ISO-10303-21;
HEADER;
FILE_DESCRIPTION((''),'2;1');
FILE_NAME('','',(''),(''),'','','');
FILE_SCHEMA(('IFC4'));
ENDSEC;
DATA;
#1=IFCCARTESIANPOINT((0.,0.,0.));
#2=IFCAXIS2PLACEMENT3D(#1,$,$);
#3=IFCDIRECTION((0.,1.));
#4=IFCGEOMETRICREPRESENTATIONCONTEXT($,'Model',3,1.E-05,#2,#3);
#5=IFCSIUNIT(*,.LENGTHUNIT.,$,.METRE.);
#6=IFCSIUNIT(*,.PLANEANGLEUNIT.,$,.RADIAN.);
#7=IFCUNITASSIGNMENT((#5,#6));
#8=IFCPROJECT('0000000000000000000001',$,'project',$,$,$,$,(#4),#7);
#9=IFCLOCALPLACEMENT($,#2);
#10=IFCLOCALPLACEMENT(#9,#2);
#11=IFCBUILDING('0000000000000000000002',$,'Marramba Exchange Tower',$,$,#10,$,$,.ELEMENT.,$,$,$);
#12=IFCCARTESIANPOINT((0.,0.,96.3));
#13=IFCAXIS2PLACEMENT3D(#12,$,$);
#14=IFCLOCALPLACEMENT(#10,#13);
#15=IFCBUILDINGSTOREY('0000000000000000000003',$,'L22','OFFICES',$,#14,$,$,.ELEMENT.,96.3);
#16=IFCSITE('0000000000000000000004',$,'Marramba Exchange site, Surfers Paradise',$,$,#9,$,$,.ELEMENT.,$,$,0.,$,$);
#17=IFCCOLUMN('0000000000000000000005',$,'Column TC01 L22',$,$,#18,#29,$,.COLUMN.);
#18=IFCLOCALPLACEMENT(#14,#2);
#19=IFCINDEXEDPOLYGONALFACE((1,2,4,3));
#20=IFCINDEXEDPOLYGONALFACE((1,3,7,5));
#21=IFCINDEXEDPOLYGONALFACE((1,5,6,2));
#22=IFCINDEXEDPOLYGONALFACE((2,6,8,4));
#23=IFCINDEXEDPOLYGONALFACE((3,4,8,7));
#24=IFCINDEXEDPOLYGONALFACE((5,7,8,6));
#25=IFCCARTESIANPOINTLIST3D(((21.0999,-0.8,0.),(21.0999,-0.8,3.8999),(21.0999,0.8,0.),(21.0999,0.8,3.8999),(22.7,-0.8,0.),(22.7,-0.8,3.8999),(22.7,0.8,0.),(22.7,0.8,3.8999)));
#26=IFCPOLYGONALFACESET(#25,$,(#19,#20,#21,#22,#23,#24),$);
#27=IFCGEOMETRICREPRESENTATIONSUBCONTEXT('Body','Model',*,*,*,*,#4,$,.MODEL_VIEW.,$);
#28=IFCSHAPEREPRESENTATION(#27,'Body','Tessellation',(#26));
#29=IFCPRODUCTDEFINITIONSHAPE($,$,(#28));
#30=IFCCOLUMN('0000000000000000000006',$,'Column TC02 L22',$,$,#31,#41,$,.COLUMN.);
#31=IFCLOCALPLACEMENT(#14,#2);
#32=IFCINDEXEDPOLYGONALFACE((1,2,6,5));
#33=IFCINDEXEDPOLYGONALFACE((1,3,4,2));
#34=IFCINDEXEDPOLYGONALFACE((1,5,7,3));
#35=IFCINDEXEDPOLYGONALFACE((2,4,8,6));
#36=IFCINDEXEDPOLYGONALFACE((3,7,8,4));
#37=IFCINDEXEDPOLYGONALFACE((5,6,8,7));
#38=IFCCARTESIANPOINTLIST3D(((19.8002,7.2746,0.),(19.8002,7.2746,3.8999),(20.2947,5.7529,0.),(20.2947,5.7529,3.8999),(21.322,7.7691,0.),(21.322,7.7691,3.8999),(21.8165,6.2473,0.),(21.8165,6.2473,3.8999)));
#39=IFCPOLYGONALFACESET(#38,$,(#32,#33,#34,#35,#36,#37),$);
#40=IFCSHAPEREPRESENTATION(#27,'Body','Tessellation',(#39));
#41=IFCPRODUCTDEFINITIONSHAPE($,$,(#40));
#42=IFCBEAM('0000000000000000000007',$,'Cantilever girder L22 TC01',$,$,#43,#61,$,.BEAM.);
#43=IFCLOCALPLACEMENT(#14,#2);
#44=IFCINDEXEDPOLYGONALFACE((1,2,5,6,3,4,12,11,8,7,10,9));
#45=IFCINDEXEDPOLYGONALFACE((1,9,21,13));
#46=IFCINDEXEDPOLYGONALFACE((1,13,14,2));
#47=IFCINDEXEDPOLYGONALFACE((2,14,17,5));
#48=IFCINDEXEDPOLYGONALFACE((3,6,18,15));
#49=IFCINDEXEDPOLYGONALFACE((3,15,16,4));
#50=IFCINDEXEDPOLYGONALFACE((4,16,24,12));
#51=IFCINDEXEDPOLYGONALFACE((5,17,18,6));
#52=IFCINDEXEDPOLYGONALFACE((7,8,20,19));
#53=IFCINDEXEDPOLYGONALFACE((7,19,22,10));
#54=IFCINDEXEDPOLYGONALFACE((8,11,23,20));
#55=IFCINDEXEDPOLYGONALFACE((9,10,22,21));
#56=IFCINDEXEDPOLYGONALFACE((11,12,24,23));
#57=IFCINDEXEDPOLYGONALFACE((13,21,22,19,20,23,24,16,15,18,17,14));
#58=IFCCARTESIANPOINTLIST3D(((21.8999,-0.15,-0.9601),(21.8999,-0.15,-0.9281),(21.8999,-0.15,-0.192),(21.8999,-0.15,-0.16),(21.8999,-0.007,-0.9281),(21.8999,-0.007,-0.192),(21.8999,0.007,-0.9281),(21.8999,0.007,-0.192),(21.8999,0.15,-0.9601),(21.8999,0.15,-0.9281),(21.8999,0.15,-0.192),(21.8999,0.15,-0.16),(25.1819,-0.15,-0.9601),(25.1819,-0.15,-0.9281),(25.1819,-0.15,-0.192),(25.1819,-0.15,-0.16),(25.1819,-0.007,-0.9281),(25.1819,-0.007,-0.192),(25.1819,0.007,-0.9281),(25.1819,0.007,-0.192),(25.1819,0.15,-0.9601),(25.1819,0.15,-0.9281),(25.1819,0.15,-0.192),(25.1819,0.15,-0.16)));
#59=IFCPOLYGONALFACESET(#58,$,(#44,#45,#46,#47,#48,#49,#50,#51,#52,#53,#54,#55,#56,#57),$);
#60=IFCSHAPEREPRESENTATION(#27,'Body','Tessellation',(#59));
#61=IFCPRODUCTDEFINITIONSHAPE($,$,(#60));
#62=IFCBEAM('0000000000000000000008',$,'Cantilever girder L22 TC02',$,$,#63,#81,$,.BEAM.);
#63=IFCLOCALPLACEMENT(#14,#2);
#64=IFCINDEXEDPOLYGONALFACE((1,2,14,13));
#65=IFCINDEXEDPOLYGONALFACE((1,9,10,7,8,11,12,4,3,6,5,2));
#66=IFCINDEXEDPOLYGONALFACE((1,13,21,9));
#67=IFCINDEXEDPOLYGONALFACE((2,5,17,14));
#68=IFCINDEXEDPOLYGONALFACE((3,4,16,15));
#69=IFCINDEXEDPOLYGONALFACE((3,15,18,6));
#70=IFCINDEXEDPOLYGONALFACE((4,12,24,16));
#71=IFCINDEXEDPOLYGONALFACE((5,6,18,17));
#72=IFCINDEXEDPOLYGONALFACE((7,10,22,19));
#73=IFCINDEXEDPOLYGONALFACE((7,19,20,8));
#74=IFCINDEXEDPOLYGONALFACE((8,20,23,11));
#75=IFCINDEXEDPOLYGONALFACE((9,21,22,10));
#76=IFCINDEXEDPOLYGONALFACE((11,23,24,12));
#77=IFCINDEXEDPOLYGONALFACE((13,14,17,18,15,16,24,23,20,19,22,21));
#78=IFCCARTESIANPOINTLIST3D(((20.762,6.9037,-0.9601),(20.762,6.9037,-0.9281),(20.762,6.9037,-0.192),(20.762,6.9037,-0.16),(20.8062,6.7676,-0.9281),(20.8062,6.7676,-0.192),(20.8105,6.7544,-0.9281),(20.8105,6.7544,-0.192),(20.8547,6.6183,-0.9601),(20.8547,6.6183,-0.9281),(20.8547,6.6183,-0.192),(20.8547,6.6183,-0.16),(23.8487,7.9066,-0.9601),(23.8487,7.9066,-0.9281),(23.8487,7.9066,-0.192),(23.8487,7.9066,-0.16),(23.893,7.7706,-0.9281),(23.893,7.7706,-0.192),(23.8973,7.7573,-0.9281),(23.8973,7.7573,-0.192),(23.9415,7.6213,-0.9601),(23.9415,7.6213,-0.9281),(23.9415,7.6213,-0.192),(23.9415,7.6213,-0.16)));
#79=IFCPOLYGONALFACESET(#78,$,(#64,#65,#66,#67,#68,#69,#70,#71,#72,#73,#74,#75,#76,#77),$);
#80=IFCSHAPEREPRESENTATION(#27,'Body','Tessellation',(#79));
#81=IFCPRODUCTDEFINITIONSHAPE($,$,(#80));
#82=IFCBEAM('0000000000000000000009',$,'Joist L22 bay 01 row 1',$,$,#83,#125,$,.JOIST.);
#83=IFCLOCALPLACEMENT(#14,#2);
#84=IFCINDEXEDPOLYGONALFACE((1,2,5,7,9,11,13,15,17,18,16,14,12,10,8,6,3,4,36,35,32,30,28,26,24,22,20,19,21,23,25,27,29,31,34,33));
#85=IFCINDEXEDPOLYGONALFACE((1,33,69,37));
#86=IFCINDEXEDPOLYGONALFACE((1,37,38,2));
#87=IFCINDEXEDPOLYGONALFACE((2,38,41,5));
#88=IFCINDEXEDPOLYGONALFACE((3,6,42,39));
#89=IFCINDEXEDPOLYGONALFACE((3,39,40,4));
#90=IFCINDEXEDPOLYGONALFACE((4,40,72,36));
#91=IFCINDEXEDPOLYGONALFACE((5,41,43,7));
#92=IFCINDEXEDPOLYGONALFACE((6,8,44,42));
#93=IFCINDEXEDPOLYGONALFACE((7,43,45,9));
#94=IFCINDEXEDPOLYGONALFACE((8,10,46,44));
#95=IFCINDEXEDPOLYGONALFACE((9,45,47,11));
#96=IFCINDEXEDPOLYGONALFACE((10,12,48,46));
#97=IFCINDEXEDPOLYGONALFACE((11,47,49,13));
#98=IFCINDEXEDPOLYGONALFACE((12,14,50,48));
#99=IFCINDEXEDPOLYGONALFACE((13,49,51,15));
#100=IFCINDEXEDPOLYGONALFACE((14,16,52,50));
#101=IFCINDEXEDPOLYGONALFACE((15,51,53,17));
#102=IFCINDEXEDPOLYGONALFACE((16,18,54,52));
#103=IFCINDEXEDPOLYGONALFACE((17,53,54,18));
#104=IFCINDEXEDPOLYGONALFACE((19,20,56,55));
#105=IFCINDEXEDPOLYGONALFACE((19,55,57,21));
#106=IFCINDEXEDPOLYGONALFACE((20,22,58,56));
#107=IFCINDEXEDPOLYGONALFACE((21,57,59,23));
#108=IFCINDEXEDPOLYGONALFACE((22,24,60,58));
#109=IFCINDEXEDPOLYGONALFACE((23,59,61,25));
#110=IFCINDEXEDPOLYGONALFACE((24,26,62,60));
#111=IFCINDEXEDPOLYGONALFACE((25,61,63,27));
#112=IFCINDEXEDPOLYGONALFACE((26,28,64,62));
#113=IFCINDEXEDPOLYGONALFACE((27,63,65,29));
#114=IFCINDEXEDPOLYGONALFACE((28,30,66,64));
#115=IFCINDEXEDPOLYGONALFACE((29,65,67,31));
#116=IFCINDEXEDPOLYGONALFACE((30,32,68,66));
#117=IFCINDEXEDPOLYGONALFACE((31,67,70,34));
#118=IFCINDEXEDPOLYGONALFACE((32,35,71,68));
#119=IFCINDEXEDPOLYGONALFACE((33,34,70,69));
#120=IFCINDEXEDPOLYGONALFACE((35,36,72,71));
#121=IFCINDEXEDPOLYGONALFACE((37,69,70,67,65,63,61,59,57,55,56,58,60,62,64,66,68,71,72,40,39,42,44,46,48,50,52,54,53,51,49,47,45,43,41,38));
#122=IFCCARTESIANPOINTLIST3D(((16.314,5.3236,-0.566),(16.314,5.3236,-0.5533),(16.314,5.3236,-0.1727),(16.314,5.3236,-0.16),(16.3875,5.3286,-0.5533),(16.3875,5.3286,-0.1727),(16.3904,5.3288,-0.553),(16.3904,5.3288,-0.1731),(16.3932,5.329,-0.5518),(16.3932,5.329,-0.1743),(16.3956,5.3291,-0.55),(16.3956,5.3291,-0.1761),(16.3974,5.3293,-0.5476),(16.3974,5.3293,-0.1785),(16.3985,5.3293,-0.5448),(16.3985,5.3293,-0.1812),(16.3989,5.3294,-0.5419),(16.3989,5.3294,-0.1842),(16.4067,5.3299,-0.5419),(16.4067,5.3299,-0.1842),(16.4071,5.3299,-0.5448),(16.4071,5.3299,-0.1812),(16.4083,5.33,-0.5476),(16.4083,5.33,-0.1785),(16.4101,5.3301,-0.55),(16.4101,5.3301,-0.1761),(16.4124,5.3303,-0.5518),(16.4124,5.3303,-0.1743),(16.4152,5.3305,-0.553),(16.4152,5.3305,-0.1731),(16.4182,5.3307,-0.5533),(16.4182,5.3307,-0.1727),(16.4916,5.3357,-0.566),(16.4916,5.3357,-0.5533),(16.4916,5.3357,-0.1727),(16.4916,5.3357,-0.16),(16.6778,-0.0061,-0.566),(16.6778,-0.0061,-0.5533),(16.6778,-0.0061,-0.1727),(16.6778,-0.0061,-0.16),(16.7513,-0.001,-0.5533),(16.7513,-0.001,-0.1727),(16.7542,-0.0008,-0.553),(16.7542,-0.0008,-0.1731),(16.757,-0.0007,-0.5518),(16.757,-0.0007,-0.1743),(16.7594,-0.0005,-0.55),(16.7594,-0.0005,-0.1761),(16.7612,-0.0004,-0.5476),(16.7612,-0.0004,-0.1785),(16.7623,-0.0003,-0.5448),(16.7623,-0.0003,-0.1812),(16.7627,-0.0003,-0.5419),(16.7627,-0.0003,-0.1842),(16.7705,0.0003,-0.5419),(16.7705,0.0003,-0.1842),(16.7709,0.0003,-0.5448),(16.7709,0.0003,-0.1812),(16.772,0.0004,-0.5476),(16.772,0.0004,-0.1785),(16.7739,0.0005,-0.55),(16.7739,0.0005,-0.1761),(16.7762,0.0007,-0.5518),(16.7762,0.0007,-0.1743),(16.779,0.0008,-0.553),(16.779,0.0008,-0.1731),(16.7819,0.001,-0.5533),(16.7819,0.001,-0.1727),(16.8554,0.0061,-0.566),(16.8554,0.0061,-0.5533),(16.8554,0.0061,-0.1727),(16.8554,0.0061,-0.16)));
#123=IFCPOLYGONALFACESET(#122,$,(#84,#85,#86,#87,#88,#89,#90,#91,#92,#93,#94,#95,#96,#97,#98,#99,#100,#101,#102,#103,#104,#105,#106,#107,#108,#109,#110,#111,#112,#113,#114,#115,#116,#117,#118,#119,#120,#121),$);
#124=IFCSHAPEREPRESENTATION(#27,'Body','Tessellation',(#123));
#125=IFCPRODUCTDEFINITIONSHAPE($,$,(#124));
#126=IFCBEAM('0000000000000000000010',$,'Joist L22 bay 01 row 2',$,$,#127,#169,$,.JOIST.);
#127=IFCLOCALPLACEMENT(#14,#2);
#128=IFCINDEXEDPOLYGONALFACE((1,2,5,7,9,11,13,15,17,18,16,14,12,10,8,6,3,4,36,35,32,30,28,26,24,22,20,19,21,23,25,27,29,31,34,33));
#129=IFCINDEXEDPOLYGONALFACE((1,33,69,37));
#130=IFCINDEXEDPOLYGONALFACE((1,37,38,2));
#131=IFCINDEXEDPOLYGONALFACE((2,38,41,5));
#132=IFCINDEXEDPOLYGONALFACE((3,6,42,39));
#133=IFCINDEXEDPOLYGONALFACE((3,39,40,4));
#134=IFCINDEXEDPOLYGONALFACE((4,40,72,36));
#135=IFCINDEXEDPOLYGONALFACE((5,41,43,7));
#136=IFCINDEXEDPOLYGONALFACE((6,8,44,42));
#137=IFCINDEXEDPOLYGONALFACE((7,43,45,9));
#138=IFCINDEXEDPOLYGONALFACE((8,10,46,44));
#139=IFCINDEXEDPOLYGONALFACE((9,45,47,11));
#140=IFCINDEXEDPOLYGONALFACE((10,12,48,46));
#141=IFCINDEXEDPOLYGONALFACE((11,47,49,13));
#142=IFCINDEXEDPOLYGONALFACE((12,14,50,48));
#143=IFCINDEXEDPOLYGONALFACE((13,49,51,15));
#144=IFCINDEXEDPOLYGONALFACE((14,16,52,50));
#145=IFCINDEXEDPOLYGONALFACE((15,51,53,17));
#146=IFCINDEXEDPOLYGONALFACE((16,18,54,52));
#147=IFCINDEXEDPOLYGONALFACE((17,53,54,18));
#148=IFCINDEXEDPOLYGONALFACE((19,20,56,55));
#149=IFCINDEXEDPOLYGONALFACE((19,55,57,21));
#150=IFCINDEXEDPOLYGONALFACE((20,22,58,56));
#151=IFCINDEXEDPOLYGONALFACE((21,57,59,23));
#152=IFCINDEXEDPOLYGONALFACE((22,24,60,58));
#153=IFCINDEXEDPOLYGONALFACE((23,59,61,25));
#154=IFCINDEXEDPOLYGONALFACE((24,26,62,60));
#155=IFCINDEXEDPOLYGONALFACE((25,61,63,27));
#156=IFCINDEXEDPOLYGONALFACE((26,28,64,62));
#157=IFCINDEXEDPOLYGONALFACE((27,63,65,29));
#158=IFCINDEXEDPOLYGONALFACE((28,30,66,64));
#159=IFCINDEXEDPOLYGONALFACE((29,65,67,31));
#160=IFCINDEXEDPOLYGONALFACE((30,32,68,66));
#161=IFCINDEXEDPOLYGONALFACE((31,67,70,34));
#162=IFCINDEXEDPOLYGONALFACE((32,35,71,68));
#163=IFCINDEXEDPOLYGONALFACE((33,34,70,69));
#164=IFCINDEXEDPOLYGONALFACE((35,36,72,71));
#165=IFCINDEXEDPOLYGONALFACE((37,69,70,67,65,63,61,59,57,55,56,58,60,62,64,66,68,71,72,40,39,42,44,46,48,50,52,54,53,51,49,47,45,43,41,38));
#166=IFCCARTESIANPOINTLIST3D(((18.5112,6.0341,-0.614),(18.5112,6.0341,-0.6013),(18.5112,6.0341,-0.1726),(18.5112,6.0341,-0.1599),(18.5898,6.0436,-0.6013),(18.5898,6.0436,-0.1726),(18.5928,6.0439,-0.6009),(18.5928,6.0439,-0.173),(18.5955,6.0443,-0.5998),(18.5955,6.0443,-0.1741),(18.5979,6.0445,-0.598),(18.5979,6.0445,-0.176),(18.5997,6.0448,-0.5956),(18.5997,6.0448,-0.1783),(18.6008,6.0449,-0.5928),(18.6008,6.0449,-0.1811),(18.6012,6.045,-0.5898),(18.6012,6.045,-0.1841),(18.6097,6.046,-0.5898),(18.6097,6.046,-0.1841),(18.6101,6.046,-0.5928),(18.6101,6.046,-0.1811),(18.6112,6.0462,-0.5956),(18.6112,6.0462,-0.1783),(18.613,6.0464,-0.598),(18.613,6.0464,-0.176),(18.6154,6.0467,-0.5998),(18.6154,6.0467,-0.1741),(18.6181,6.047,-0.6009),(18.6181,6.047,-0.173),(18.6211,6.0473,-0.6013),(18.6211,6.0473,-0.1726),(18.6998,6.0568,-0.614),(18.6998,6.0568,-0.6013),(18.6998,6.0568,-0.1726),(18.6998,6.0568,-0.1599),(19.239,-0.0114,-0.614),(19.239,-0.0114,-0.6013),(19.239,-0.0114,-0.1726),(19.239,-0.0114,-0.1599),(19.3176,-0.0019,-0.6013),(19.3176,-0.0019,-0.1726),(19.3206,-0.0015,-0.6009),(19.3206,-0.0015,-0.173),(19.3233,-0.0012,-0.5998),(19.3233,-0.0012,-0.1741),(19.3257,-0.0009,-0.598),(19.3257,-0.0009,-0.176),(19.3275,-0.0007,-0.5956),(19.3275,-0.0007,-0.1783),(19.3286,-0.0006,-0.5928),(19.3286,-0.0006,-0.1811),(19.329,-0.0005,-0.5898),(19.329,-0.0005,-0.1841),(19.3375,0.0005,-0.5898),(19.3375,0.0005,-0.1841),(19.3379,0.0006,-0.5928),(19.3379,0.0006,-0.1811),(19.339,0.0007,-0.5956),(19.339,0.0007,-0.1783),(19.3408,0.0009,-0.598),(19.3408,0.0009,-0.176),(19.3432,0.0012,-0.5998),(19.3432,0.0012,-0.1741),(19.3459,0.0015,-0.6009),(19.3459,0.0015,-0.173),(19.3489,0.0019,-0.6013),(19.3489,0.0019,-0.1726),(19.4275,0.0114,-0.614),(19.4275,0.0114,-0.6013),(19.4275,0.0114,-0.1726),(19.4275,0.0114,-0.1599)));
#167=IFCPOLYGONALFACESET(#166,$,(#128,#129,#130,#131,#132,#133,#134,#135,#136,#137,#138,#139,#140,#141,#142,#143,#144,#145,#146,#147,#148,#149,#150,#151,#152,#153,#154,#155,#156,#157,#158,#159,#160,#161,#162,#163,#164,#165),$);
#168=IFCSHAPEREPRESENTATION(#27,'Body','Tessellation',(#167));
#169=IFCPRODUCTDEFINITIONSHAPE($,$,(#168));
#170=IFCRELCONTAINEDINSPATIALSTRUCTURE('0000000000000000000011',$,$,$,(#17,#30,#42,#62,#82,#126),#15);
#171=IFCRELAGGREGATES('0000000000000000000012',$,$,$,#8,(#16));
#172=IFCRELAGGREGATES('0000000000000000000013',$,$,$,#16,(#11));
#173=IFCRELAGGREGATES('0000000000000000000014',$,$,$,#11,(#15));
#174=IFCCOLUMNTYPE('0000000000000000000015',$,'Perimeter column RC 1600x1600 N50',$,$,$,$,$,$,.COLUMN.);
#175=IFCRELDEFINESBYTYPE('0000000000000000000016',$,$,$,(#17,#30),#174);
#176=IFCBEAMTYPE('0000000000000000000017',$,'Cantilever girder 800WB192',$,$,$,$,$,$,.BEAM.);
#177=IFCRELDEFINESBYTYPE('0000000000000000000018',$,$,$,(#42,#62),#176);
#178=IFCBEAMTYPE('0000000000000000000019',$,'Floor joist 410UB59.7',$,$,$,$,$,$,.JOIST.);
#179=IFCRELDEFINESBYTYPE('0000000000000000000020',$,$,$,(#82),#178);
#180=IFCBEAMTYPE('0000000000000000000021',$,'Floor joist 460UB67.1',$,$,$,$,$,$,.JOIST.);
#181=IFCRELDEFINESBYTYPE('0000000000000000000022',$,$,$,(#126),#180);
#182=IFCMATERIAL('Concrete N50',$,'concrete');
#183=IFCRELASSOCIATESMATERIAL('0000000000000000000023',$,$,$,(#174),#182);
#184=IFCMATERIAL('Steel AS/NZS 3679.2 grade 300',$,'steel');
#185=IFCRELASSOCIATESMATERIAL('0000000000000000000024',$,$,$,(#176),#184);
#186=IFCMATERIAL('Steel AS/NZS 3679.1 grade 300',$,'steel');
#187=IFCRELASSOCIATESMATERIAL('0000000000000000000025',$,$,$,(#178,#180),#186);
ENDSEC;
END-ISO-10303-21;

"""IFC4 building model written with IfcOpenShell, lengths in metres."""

from ifc_helpers import new_model, si_unit, direction, frame, origin, origin_2d, place, context, subcontext, project, spatial, rectangle, i_section, extrude, material, material_profile, profile_set, type_object, element, save


model = new_model("IFC4")

# Units and contexts
model_context = context("Model", 3, precision=1e-05, world=origin(), true_north=direction((0.0, 1.0)))
body_context = subcontext(model_context, "Body", "Model", "MODEL_VIEW")
ifc_project = project(units=[si_unit("LENGTHUNIT", "METRE"), si_unit("PLANEANGLEUNIT", "RADIAN")], contexts=[model_context])

# Site, building, storey
site_placement = place(None, origin())
site = spatial("IfcSite", under=ifc_project, at=site_placement, Name="Marramba Exchange site, Surfers Paradise", CompositionType="ELEMENT", RefElevation=0.0)
building_placement = place(site_placement, origin())
building = spatial("IfcBuilding", under=site, at=building_placement, Name="Marramba Exchange Tower", CompositionType="ELEMENT")
storey_placement = place(building_placement, frame((0.0, 0.0, 96.3)))
storey = spatial("IfcBuildingStorey", under=building, at=storey_placement, Name="L22", Description="OFFICES", CompositionType="ELEMENT", Elevation=96.3)

# Columns
ifc_material_1 = material(Name="Concrete N50", Category="concrete")
ifc_material_profile_1 = material_profile(ifc_material_1, rectangle(XDim=1.6001, YDim=1.6001, at=origin_2d()), Name="RC 1600x1600")
ifc_profile_set_1 = profile_set([ifc_material_profile_1], Name="Concrete N50")
column_type = type_object("IfcColumnType", Name="Perimeter column RC 1600x1600 N50", PredefinedType="COLUMN", material=ifc_profile_set_1)
for number, where, z_axis, x_axis, name in (
    (1, (21.8999, 0.0, 0.0), (0.0, 0.0, 1.0), (1.0, 0.0, 0.0), "Column TC01 L22"),
    (2, (20.8083, 6.761, 0.0), (0.0, 0.0, 1.0), (0.951057, 0.309017, 0.0), "Column TC02 L22"),
):
    element("IfcColumn", number, at=place(storey_placement, frame(where, z_axis=z_axis, x_axis=x_axis)), inside=storey, type_object=column_type, Name=name, PredefinedType="COLUMN", context=body_context, shape_type="SweptSolid", body=[
        extrude(rectangle(XDim=1.6001, YDim=1.6001, at=origin_2d()), origin(), (0.0, 0.0, 1.0), 3.8999),
    ])

# Beams
ifc_material_2 = material(Name="Steel AS/NZS 3679.2 grade 300", Category="steel")
ifc_material_profile_2 = material_profile(ifc_material_2, i_section(OverallWidth=0.3, OverallDepth=0.8, WebThickness=0.0139, FlangeThickness=0.032, at=origin_2d()), Name="800WB192")
ifc_profile_set_2 = profile_set([ifc_material_profile_2], Name="Steel AS/NZS 3679.2 grade 300")
beam_type_1 = type_object("IfcBeamType", Name="Cantilever girder 800WB192", PredefinedType="BEAM", material=ifc_profile_set_2)
beam_1_placement = place(storey_placement, frame((21.8999, 0.0, -0.5601), z_axis=(1.0, 0.0, 0.0), x_axis=(0.0, 1.0, 0.0)))
element("IfcBeam", 3, at=beam_1_placement, inside=storey, type_object=beam_type_1, Name="Cantilever girder L22 TC01", PredefinedType="BEAM", context=body_context, shape_type="SweptSolid", body=[
    extrude(i_section(OverallWidth=0.3, OverallDepth=0.8, WebThickness=0.0139, FlangeThickness=0.032, at=origin_2d()), origin(), (0.0, 0.0, 1.0), 3.282),
])
beam_2_placement = place(storey_placement, frame((20.8083, 6.761, -0.5601), z_axis=(0.951056, 0.30902, 0.0), x_axis=(-0.30902, 0.951056, 0.0)))
element("IfcBeam", 4, at=beam_2_placement, inside=storey, type_object=beam_type_1, Name="Cantilever girder L22 TC02", PredefinedType="BEAM", context=body_context, shape_type="SweptSolid", body=[
    extrude(i_section(OverallWidth=0.3, OverallDepth=0.8, WebThickness=0.0139, FlangeThickness=0.032, at=origin_2d()), origin(), (0.0, 0.0, 1.0), 3.2456),
])
ifc_material_3 = material(Name="Steel AS/NZS 3679.1 grade 300", Category="steel")
ifc_material_profile_3 = material_profile(ifc_material_3, i_section(OverallWidth=0.178, OverallDepth=0.406, WebThickness=0.0078, FlangeThickness=0.0127, FilletRadius=0.0115, at=origin_2d()), Name="410UB59.7")
ifc_profile_set_3 = profile_set([ifc_material_profile_3], Name="Steel AS/NZS 3679.1 grade 300")
beam_type_2 = type_object("IfcBeamType", Name="Floor joist 410UB59.7", PredefinedType="JOIST", material=ifc_profile_set_3)
beam_3_placement = place(storey_placement, frame((16.7666, 0.0, -0.363), z_axis=(-0.068096, 0.997679, 0.0), x_axis=(-0.997679, -0.068096, 0.0)))
element("IfcBeam", 5, at=beam_3_placement, inside=storey, type_object=beam_type_2, Name="Joist L22 bay 01 row 1", PredefinedType="JOIST", context=body_context, shape_type="SweptSolid", body=[
    extrude(i_section(OverallWidth=0.178, OverallDepth=0.406, WebThickness=0.0078, FlangeThickness=0.0127, FilletRadius=0.0115, at=origin_2d()), origin(), (0.0, 0.0, 1.0), 5.342),
])
ifc_material_profile_4 = material_profile(ifc_material_3, i_section(OverallWidth=0.1899, OverallDepth=0.4541, WebThickness=0.0085, FlangeThickness=0.0127, FilletRadius=0.0115, at=origin_2d()), Name="460UB67.1")
ifc_profile_set_4 = profile_set([ifc_material_profile_4], Name="Steel AS/NZS 3679.1 grade 300")
beam_type_3 = type_object("IfcBeamType", Name="Floor joist 460UB67.1", PredefinedType="JOIST", material=ifc_profile_set_4)
beam_4_placement = place(storey_placement, frame((19.3333, 0.0, -0.387), z_axis=(-0.119523, 0.992831, 0.0), x_axis=(-0.992831, -0.119523, 0.0)))
element("IfcBeam", 6, at=beam_4_placement, inside=storey, type_object=beam_type_3, Name="Joist L22 bay 01 row 2", PredefinedType="JOIST", context=body_context, shape_type="SweptSolid", body=[
    extrude(i_section(OverallWidth=0.1899, OverallDepth=0.4541, WebThickness=0.0085, FlangeThickness=0.0127, FilletRadius=0.0115, at=origin_2d()), origin(), (0.0, 0.0, 1.0), 6.0891),
])

save(model, "model.ifc")
